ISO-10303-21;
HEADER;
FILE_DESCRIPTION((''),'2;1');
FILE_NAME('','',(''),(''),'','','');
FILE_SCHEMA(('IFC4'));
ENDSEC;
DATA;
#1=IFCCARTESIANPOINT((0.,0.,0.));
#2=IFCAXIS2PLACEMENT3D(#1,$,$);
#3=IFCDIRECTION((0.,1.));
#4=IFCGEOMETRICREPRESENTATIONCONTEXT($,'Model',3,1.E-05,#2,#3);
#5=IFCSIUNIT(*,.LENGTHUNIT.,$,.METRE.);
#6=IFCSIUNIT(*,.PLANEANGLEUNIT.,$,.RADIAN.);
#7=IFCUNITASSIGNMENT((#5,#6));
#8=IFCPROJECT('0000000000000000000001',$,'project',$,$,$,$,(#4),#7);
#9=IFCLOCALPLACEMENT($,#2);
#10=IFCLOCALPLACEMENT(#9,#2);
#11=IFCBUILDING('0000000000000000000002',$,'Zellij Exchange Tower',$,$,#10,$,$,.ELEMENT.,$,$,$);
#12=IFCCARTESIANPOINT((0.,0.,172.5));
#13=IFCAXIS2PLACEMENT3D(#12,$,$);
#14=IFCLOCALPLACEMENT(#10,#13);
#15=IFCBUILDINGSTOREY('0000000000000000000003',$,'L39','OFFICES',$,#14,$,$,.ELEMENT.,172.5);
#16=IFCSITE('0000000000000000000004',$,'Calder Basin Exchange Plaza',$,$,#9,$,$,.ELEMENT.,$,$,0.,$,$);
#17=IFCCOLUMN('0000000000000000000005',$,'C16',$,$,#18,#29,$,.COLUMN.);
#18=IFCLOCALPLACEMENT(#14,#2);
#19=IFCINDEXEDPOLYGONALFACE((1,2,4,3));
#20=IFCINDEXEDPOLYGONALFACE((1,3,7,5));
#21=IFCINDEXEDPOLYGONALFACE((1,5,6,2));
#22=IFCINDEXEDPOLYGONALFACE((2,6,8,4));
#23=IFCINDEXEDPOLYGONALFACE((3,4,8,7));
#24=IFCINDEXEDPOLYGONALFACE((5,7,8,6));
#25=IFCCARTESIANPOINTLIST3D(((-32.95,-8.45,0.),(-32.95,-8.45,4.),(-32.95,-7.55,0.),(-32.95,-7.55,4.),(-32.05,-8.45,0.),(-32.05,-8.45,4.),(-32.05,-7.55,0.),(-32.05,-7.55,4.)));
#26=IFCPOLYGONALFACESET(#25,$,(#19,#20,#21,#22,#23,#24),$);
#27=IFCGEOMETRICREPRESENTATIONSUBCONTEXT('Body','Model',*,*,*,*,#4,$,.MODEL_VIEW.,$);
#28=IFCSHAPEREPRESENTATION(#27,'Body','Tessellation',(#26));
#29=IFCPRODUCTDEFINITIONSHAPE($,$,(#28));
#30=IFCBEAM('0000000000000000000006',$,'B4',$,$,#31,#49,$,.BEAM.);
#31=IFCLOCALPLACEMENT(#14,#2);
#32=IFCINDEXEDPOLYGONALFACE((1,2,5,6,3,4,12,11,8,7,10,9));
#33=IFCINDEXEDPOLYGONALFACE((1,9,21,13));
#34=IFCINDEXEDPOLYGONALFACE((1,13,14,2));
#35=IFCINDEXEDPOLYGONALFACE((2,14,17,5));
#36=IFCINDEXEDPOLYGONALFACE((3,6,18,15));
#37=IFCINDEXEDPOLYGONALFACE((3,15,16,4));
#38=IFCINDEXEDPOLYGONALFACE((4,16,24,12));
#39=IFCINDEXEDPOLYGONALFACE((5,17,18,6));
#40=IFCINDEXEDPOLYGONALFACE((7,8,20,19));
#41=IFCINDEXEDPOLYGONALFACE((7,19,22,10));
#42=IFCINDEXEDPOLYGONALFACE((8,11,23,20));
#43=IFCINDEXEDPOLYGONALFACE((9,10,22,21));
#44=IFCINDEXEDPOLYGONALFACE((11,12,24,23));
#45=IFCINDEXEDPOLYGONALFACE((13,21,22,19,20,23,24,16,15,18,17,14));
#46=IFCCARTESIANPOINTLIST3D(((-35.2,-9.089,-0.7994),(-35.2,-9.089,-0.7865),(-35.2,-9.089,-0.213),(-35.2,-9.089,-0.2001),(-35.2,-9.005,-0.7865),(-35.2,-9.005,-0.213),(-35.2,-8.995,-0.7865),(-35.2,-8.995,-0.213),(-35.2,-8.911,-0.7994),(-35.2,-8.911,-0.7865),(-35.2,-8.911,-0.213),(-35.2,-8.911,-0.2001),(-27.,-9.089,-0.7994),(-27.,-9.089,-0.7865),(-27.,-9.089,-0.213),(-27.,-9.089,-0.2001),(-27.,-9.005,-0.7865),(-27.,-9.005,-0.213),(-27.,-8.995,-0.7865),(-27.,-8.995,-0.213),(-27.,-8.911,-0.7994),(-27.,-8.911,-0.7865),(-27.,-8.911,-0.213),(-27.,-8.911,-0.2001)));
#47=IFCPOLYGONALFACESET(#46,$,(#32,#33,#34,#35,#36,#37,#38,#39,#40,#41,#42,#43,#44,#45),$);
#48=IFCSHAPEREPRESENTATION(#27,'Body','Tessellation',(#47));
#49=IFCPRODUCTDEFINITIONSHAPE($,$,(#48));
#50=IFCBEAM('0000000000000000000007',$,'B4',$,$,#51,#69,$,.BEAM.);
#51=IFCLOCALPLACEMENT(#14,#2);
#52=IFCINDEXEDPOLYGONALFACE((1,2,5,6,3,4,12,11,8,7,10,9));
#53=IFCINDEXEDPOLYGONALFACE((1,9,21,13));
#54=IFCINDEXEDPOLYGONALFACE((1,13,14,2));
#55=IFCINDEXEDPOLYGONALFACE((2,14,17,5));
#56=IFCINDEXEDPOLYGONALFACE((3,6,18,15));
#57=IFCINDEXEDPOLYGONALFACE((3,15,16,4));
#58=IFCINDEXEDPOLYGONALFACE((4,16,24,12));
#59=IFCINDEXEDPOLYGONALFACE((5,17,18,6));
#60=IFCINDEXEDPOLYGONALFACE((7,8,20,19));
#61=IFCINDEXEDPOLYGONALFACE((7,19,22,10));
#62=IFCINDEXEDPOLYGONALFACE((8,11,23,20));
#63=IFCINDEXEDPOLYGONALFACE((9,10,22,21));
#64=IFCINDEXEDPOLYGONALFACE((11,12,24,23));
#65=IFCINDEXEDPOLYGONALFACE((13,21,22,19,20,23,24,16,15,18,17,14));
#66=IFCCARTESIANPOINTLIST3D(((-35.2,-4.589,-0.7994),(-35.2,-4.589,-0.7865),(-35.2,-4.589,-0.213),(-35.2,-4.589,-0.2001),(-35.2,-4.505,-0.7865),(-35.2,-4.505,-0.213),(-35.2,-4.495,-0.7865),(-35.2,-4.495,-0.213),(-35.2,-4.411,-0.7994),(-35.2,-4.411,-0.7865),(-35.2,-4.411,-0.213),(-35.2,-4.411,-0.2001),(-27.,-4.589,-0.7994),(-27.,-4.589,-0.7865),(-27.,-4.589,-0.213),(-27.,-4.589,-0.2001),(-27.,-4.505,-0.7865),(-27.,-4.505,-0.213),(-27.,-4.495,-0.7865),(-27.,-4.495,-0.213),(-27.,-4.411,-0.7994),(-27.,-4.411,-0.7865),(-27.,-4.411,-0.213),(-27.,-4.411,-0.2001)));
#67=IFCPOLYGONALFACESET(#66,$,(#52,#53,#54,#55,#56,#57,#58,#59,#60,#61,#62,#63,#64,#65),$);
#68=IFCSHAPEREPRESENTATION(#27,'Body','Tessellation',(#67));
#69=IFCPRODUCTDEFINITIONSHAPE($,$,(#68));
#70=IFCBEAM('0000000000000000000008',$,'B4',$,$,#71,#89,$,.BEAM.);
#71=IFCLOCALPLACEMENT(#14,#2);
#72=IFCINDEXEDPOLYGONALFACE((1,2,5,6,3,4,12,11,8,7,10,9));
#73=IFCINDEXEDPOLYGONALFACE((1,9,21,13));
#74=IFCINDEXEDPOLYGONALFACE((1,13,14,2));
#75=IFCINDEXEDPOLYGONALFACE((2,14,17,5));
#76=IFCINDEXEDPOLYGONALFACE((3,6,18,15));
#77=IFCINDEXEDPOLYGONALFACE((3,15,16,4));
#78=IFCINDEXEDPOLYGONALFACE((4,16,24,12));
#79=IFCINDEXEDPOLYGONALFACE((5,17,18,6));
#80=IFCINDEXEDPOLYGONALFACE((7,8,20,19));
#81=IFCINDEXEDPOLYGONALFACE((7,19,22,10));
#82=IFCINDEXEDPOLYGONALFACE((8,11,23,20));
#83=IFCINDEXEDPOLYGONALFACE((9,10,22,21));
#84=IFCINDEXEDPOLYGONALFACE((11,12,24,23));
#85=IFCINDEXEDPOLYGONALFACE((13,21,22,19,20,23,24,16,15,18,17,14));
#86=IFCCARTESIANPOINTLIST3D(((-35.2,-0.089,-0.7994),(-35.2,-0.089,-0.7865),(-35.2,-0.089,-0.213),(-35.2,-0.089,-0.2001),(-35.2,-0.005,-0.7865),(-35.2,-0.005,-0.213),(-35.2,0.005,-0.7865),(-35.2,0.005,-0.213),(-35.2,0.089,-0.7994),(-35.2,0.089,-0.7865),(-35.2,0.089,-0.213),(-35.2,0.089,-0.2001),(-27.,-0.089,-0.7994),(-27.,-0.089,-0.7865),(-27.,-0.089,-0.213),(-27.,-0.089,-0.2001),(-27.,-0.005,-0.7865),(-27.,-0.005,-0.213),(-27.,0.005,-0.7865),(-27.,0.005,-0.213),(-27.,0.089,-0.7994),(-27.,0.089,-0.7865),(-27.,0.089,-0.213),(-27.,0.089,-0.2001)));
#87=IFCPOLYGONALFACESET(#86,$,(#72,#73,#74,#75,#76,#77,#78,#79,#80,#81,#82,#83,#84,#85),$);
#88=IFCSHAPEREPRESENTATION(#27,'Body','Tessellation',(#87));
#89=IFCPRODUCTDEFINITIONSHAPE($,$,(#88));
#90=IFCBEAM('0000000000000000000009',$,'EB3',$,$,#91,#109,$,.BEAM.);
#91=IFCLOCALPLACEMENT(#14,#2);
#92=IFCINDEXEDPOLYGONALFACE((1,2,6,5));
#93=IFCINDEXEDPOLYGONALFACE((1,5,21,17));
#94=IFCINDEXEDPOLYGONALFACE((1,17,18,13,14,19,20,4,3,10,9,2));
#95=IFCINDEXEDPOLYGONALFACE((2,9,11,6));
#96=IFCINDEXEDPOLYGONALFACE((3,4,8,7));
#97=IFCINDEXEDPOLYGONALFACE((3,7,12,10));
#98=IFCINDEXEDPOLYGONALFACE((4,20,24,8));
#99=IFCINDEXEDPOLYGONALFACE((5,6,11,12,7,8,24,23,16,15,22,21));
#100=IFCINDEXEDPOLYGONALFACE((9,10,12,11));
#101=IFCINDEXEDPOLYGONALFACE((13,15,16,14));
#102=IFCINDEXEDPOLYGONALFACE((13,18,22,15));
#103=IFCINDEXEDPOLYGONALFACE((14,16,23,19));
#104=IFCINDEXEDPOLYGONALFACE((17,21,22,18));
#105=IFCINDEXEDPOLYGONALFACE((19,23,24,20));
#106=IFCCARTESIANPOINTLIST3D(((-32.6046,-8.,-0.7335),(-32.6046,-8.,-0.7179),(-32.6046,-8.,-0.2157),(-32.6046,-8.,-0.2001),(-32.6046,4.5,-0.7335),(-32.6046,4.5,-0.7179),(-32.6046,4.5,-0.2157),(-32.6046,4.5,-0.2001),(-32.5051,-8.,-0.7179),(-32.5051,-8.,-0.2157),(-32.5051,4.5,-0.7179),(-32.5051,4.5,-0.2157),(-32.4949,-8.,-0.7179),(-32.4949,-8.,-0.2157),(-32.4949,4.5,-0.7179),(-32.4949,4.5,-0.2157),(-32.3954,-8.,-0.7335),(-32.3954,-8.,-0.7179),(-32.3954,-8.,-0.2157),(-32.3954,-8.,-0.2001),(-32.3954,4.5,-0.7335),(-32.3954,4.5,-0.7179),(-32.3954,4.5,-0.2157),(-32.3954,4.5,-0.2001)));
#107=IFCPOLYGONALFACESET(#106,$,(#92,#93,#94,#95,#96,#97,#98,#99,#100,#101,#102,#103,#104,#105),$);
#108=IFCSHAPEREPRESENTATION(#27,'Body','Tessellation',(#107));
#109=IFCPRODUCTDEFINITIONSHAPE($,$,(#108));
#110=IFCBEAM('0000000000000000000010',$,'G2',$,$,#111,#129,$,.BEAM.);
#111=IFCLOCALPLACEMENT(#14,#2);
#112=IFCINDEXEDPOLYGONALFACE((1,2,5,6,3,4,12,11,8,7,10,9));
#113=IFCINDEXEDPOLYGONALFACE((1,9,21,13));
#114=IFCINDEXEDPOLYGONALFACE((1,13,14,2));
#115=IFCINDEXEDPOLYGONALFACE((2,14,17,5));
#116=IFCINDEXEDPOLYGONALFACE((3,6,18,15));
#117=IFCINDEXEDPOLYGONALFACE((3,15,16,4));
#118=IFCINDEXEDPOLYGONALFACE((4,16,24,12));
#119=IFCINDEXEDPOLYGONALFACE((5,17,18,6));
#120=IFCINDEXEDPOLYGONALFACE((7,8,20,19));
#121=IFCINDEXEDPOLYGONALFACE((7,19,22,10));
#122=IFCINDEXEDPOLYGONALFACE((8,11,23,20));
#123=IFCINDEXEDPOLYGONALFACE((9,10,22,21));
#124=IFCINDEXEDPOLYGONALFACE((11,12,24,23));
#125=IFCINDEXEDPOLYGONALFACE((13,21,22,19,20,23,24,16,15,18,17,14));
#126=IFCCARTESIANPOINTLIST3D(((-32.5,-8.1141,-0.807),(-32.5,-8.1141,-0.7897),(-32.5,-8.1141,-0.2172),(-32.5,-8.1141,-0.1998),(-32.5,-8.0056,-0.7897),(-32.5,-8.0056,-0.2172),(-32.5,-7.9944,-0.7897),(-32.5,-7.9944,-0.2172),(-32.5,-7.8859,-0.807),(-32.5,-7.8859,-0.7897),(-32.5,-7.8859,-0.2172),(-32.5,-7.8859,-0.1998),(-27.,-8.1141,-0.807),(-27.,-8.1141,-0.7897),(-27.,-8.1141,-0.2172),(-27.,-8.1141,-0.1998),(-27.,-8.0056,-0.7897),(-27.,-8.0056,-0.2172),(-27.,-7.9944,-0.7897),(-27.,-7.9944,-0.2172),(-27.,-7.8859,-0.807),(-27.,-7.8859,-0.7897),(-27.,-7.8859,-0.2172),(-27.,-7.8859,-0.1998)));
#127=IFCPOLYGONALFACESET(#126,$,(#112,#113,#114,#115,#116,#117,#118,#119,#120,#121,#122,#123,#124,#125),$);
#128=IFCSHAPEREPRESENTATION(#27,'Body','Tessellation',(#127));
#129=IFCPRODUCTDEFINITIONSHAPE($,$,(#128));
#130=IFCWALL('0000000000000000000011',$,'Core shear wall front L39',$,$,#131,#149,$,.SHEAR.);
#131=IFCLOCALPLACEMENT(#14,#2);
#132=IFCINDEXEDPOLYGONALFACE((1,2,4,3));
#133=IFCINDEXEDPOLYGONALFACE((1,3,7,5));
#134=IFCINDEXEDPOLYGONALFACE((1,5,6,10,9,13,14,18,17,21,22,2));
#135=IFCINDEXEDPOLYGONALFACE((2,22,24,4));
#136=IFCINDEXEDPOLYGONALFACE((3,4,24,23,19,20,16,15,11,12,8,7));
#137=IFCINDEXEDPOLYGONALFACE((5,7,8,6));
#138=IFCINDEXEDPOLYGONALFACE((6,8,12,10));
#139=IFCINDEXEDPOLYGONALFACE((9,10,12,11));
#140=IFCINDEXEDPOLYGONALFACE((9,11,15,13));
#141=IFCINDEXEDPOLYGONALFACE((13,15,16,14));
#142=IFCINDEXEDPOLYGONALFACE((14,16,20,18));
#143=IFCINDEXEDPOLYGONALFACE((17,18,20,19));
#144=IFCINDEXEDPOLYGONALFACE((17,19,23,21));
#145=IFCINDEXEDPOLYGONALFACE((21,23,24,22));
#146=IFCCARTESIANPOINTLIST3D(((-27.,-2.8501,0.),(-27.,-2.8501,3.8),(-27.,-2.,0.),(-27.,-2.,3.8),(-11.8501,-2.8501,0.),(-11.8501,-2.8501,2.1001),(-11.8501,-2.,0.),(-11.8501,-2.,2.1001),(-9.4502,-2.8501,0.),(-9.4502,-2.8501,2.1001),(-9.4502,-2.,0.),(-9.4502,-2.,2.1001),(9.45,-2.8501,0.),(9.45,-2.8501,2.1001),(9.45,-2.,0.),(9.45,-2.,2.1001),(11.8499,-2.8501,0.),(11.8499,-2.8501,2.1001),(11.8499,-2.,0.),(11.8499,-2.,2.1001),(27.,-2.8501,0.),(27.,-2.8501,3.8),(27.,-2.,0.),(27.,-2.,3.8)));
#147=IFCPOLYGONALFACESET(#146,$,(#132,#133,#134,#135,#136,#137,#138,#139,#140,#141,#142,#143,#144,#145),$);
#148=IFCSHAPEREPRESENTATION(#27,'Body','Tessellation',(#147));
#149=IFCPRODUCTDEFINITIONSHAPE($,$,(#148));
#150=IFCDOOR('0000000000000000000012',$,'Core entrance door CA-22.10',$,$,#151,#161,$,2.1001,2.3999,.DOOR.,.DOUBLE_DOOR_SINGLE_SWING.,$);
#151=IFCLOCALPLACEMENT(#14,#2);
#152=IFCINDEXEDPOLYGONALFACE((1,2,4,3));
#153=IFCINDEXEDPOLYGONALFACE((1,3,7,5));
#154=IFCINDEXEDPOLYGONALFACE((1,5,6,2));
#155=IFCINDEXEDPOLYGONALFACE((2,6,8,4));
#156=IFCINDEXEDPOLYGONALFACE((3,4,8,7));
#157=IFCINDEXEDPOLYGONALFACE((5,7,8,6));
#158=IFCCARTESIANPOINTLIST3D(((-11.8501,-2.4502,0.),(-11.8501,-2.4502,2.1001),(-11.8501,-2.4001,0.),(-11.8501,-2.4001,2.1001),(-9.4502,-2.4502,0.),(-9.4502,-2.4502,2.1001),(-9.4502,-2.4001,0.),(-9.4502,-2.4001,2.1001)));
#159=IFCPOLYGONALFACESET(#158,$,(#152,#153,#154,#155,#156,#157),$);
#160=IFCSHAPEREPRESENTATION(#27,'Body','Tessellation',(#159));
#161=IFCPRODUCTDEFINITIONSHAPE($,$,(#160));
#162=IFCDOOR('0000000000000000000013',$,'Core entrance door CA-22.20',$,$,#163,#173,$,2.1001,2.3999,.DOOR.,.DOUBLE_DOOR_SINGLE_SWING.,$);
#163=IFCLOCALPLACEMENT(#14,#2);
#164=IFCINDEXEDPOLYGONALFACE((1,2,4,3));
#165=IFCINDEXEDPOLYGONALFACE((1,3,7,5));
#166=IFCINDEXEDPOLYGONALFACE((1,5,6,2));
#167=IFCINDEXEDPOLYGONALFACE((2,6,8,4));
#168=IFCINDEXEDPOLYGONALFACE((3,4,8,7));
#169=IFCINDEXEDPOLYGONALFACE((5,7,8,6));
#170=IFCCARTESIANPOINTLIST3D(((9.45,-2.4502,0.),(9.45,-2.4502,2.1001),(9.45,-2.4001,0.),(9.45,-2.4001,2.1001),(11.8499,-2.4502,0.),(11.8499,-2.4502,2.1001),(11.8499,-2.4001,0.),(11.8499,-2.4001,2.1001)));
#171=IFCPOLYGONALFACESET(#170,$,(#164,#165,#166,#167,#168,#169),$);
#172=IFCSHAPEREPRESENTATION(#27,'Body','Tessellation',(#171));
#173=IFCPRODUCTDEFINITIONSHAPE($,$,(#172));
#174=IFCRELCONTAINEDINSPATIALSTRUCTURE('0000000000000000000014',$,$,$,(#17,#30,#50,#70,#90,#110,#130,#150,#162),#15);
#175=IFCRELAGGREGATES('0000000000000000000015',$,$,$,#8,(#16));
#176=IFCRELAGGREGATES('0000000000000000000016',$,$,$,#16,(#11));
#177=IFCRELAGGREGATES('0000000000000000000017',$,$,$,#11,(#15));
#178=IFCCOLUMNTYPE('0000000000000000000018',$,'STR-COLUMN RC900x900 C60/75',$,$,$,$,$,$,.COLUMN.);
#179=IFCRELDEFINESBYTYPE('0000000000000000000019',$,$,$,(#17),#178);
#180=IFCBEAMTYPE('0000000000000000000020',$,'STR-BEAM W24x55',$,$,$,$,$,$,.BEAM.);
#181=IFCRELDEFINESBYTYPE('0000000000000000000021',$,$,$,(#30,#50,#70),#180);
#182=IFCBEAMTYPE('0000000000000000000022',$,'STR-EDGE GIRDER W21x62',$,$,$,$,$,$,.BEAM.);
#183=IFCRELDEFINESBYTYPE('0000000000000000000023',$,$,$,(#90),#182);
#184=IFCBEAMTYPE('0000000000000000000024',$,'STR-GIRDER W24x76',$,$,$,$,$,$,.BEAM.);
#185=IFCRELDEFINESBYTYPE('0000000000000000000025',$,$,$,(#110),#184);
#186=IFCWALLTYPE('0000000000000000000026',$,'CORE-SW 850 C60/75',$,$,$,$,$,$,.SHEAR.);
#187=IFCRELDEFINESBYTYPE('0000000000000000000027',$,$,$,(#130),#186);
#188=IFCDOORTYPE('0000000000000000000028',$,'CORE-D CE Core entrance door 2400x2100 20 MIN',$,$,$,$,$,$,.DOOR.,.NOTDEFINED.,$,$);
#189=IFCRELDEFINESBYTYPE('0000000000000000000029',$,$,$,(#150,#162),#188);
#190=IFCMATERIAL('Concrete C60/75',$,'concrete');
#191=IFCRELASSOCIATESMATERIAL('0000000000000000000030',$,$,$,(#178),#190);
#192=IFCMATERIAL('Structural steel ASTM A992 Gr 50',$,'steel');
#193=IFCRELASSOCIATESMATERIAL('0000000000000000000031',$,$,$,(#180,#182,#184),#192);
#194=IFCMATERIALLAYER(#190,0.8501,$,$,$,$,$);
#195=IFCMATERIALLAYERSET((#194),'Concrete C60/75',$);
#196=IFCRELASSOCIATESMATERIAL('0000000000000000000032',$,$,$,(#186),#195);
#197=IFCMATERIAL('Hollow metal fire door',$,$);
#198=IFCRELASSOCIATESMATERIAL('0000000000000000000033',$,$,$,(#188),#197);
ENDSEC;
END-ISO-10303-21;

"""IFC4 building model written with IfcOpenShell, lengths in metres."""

from ifc_helpers import new_model, si_unit, direction, frame, frame_2d, origin, origin_2d, place, context, subcontext, project, spatial, rectangle, i_section, extrude, material, layer, layer_set, material_profile, profile_set, type_object, element, fill, save


model = new_model("IFC4")

# Units and contexts
model_context = context("Model", 3, precision=1e-05, world=origin(), true_north=direction((0.0, 1.0)))
body_context = subcontext(model_context, "Body", "Model", "MODEL_VIEW")
ifc_project = project(units=[si_unit("LENGTHUNIT", "METRE"), si_unit("PLANEANGLEUNIT", "RADIAN")], contexts=[model_context])

# Site, building, storey
site_placement = place(None, origin())
site = spatial("IfcSite", under=ifc_project, at=site_placement, Name="Calder Basin Exchange Plaza", CompositionType="ELEMENT", RefElevation=0.0)
building_placement = place(site_placement, origin())
building = spatial("IfcBuilding", under=site, at=building_placement, Name="Zellij Exchange Tower", CompositionType="ELEMENT")
storey_placement = place(building_placement, frame((0.0, 0.0, 172.5)))
storey = spatial("IfcBuildingStorey", under=building, at=storey_placement, Name="L39", Description="OFFICES", CompositionType="ELEMENT", Elevation=172.5)

# Column
ifc_material_1 = material(Name="Concrete C60/75", Category="concrete")
ifc_material_profile_1 = material_profile(ifc_material_1, rectangle(XDim=0.8999, YDim=0.8999, at=origin_2d()), Name="STR-COLUMN RC900x900 C60/75")
ifc_profile_set_1 = profile_set([ifc_material_profile_1], Name="Concrete C60/75")
column_type = type_object("IfcColumnType", Name="STR-COLUMN RC900x900 C60/75", PredefinedType="COLUMN", material=ifc_profile_set_1)
column_placement = place(storey_placement, frame((-32.5, -8.0, 0.0), z_axis=(0.0, 0.0, 1.0), x_axis=(1.0, 0.0, 0.0)))
element("IfcColumn", 1, at=column_placement, inside=storey, type_object=column_type, Name="C16", PredefinedType="COLUMN", context=body_context, shape_type="SweptSolid", body=[
    extrude(rectangle(XDim=0.8999, YDim=0.8999, at=origin_2d()), origin(), (0.0, 0.0, 1.0), 4.0),
])

# Beams
ifc_material_2 = material(Name="Structural steel ASTM A992 Gr 50", Category="steel")
ifc_material_profile_2 = material_profile(ifc_material_2, i_section(OverallWidth=0.178, OverallDepth=0.5994, WebThickness=0.01, FlangeThickness=0.0129, at=origin_2d()), Name="W24x55")
ifc_profile_set_2 = profile_set([ifc_material_profile_2], Name="Structural steel ASTM A992 Gr 50")
beam_type_1 = type_object("IfcBeamType", Name="STR-BEAM W24x55", PredefinedType="BEAM", material=ifc_profile_set_2)
for number, where, z_axis, x_axis, name in (
    (2, (-35.2, -9.0, -0.4998), (1.0, 0.0, 0.0), (0.0, 1.0, 0.0), "B4"),
    (3, (-35.2, -4.5, -0.4998), (1.0, 0.0, 0.0), (0.0, 1.0, 0.0), "B4"),
    (4, (-35.2, 0.0, -0.4998), (1.0, 0.0, 0.0), (0.0, 1.0, 0.0), "B4"),
):
    element("IfcBeam", number, at=place(storey_placement, frame(where, z_axis=z_axis, x_axis=x_axis)), inside=storey, type_object=beam_type_1, Name=name, PredefinedType="BEAM", context=body_context, shape_type="SweptSolid", body=[
        extrude(i_section(OverallWidth=0.178, OverallDepth=0.5994, WebThickness=0.01, FlangeThickness=0.0129, at=origin_2d()), origin(), (0.0, 0.0, 1.0), 8.2),
    ])
ifc_material_profile_3 = material_profile(ifc_material_2, i_section(OverallWidth=0.2092, OverallDepth=0.5334, WebThickness=0.0103, FlangeThickness=0.0156, at=origin_2d()), Name="W21x62")
ifc_profile_set_3 = profile_set([ifc_material_profile_3], Name="Structural steel ASTM A992 Gr 50")
beam_type_2 = type_object("IfcBeamType", Name="STR-EDGE GIRDER W21x62", PredefinedType="BEAM", material=ifc_profile_set_3)
beam_1_placement = place(storey_placement, frame((-32.5, -8.0, -0.4668), z_axis=(0.0, 1.0, 0.0), x_axis=(-1.0, 0.0, 0.0)))
element("IfcBeam", 5, at=beam_1_placement, inside=storey, type_object=beam_type_2, Name="EB3", PredefinedType="BEAM", context=body_context, shape_type="SweptSolid", body=[
    extrude(i_section(OverallWidth=0.2092, OverallDepth=0.5334, WebThickness=0.0103, FlangeThickness=0.0156, at=origin_2d()), origin(), (0.0, 0.0, 1.0), 12.5),
])
ifc_material_profile_4 = material_profile(ifc_material_2, i_section(OverallWidth=0.2283, OverallDepth=0.6072, WebThickness=0.0112, FlangeThickness=0.0173, at=origin_2d()), Name="W24x76")
ifc_profile_set_4 = profile_set([ifc_material_profile_4], Name="Structural steel ASTM A992 Gr 50")
beam_type_3 = type_object("IfcBeamType", Name="STR-GIRDER W24x76", PredefinedType="BEAM", material=ifc_profile_set_4)
beam_2_placement = place(storey_placement, frame((-32.5, -8.0, -0.5034), z_axis=(1.0, 0.0, 0.0), x_axis=(0.0, 1.0, 0.0)))
element("IfcBeam", 6, at=beam_2_placement, inside=storey, type_object=beam_type_3, Name="G2", PredefinedType="BEAM", context=body_context, shape_type="SweptSolid", body=[
    extrude(i_section(OverallWidth=0.2283, OverallDepth=0.6072, WebThickness=0.0112, FlangeThickness=0.0173, at=origin_2d()), origin(), (0.0, 0.0, 1.0), 5.5),
])

# Wall, openings, doors
ifc_layer_1 = layer(ifc_material_1, 0.8501)
ifc_layer_set_1 = layer_set([ifc_layer_1], Name="Concrete C60/75")
wall_type_1 = type_object("IfcWallType", Name="CORE-SW 850 C60/75", PredefinedType="SHEAR", material=ifc_layer_set_1)
wall_1_placement = place(storey_placement, frame((-27.0, -2.425, 0.0), z_axis=(0.0, 0.0, 1.0), x_axis=(1.0, 0.0, 0.0)))
wall_1 = element("IfcWall", 7, at=wall_1_placement, inside=storey, type_object=wall_type_1, Name="Core shear wall front L39", PredefinedType="SHEAR", context=body_context, shape_type="SweptSolid", body=[
    extrude(rectangle(XDim=54.0, YDim=0.8501, at=frame_2d((27.0, 0.0))), origin(), (0.0, 0.0, 1.0), 3.8),
])
opening_1_placement = place(wall_1_placement, frame((15.1499, 0.0, 0.0)))
opening_1 = element("IfcOpeningElement", 8, at=opening_1_placement, cuts=wall_1, PredefinedType="OPENING", context=body_context, shape_type="SweptSolid", body=[
    extrude(rectangle(XDim=2.3999, YDim=2.1001, at=frame_2d((1.2, 1.05))), frame((0.0, 0.437, 0.0), z_axis=(0.0, -1.0, 0.0), x_axis=(1.0, 0.0, 0.0)), (0.0, 0.0, 1.0), 0.874),
])
opening_2_placement = place(wall_1_placement, frame((36.45, 0.0, 0.0)))
opening_2 = element("IfcOpeningElement", 9, at=opening_2_placement, cuts=wall_1, PredefinedType="OPENING", context=body_context, shape_type="SweptSolid", body=[
    extrude(rectangle(XDim=2.3999, YDim=2.1001, at=frame_2d((1.2, 1.05))), frame((0.0, 0.437, 0.0), z_axis=(0.0, -1.0, 0.0), x_axis=(1.0, 0.0, 0.0)), (0.0, 0.0, 1.0), 0.874),
])
ifc_material_3 = material(Name="Hollow metal fire door")
door_type = type_object("IfcDoorType", Name="CORE-D CE Core entrance door 2400x2100 20 MIN", OperationType="NOTDEFINED", PredefinedType="DOOR", material=ifc_material_3)
door_1_placement = place(opening_1_placement, origin())
door_1 = element("IfcDoor", 10, at=door_1_placement, inside=storey, type_object=door_type, Name="Core entrance door CA-22.10", OperationType="DOUBLE_DOOR_SINGLE_SWING", OverallHeight=2.1001, OverallWidth=2.3999, PredefinedType="DOOR", context=body_context, shape_type="SweptSolid", body=[
    extrude(rectangle(XDim=2.3999, YDim=2.1001, at=frame_2d((1.2, 1.05))), frame((0.0, 0.0249, 0.0), z_axis=(0.0, -1.0, 0.0), x_axis=(1.0, 0.0, 0.0)), (0.0, 0.0, 1.0), 0.05),
])
fill(opening_1, door_1)
door_2_placement = place(opening_2_placement, origin())
door_2 = element("IfcDoor", 11, at=door_2_placement, inside=storey, type_object=door_type, Name="Core entrance door CA-22.20", OperationType="DOUBLE_DOOR_SINGLE_SWING", OverallHeight=2.1001, OverallWidth=2.3999, PredefinedType="DOOR", context=body_context, shape_type="SweptSolid", body=[
    extrude(rectangle(XDim=2.3999, YDim=2.1001, at=frame_2d((1.2, 1.05))), frame((0.0, 0.0249, 0.0), z_axis=(0.0, -1.0, 0.0), x_axis=(1.0, 0.0, 0.0)), (0.0, 0.0, 1.0), 0.05),
])
fill(opening_2, door_2)

save(model, "model.ifc")
